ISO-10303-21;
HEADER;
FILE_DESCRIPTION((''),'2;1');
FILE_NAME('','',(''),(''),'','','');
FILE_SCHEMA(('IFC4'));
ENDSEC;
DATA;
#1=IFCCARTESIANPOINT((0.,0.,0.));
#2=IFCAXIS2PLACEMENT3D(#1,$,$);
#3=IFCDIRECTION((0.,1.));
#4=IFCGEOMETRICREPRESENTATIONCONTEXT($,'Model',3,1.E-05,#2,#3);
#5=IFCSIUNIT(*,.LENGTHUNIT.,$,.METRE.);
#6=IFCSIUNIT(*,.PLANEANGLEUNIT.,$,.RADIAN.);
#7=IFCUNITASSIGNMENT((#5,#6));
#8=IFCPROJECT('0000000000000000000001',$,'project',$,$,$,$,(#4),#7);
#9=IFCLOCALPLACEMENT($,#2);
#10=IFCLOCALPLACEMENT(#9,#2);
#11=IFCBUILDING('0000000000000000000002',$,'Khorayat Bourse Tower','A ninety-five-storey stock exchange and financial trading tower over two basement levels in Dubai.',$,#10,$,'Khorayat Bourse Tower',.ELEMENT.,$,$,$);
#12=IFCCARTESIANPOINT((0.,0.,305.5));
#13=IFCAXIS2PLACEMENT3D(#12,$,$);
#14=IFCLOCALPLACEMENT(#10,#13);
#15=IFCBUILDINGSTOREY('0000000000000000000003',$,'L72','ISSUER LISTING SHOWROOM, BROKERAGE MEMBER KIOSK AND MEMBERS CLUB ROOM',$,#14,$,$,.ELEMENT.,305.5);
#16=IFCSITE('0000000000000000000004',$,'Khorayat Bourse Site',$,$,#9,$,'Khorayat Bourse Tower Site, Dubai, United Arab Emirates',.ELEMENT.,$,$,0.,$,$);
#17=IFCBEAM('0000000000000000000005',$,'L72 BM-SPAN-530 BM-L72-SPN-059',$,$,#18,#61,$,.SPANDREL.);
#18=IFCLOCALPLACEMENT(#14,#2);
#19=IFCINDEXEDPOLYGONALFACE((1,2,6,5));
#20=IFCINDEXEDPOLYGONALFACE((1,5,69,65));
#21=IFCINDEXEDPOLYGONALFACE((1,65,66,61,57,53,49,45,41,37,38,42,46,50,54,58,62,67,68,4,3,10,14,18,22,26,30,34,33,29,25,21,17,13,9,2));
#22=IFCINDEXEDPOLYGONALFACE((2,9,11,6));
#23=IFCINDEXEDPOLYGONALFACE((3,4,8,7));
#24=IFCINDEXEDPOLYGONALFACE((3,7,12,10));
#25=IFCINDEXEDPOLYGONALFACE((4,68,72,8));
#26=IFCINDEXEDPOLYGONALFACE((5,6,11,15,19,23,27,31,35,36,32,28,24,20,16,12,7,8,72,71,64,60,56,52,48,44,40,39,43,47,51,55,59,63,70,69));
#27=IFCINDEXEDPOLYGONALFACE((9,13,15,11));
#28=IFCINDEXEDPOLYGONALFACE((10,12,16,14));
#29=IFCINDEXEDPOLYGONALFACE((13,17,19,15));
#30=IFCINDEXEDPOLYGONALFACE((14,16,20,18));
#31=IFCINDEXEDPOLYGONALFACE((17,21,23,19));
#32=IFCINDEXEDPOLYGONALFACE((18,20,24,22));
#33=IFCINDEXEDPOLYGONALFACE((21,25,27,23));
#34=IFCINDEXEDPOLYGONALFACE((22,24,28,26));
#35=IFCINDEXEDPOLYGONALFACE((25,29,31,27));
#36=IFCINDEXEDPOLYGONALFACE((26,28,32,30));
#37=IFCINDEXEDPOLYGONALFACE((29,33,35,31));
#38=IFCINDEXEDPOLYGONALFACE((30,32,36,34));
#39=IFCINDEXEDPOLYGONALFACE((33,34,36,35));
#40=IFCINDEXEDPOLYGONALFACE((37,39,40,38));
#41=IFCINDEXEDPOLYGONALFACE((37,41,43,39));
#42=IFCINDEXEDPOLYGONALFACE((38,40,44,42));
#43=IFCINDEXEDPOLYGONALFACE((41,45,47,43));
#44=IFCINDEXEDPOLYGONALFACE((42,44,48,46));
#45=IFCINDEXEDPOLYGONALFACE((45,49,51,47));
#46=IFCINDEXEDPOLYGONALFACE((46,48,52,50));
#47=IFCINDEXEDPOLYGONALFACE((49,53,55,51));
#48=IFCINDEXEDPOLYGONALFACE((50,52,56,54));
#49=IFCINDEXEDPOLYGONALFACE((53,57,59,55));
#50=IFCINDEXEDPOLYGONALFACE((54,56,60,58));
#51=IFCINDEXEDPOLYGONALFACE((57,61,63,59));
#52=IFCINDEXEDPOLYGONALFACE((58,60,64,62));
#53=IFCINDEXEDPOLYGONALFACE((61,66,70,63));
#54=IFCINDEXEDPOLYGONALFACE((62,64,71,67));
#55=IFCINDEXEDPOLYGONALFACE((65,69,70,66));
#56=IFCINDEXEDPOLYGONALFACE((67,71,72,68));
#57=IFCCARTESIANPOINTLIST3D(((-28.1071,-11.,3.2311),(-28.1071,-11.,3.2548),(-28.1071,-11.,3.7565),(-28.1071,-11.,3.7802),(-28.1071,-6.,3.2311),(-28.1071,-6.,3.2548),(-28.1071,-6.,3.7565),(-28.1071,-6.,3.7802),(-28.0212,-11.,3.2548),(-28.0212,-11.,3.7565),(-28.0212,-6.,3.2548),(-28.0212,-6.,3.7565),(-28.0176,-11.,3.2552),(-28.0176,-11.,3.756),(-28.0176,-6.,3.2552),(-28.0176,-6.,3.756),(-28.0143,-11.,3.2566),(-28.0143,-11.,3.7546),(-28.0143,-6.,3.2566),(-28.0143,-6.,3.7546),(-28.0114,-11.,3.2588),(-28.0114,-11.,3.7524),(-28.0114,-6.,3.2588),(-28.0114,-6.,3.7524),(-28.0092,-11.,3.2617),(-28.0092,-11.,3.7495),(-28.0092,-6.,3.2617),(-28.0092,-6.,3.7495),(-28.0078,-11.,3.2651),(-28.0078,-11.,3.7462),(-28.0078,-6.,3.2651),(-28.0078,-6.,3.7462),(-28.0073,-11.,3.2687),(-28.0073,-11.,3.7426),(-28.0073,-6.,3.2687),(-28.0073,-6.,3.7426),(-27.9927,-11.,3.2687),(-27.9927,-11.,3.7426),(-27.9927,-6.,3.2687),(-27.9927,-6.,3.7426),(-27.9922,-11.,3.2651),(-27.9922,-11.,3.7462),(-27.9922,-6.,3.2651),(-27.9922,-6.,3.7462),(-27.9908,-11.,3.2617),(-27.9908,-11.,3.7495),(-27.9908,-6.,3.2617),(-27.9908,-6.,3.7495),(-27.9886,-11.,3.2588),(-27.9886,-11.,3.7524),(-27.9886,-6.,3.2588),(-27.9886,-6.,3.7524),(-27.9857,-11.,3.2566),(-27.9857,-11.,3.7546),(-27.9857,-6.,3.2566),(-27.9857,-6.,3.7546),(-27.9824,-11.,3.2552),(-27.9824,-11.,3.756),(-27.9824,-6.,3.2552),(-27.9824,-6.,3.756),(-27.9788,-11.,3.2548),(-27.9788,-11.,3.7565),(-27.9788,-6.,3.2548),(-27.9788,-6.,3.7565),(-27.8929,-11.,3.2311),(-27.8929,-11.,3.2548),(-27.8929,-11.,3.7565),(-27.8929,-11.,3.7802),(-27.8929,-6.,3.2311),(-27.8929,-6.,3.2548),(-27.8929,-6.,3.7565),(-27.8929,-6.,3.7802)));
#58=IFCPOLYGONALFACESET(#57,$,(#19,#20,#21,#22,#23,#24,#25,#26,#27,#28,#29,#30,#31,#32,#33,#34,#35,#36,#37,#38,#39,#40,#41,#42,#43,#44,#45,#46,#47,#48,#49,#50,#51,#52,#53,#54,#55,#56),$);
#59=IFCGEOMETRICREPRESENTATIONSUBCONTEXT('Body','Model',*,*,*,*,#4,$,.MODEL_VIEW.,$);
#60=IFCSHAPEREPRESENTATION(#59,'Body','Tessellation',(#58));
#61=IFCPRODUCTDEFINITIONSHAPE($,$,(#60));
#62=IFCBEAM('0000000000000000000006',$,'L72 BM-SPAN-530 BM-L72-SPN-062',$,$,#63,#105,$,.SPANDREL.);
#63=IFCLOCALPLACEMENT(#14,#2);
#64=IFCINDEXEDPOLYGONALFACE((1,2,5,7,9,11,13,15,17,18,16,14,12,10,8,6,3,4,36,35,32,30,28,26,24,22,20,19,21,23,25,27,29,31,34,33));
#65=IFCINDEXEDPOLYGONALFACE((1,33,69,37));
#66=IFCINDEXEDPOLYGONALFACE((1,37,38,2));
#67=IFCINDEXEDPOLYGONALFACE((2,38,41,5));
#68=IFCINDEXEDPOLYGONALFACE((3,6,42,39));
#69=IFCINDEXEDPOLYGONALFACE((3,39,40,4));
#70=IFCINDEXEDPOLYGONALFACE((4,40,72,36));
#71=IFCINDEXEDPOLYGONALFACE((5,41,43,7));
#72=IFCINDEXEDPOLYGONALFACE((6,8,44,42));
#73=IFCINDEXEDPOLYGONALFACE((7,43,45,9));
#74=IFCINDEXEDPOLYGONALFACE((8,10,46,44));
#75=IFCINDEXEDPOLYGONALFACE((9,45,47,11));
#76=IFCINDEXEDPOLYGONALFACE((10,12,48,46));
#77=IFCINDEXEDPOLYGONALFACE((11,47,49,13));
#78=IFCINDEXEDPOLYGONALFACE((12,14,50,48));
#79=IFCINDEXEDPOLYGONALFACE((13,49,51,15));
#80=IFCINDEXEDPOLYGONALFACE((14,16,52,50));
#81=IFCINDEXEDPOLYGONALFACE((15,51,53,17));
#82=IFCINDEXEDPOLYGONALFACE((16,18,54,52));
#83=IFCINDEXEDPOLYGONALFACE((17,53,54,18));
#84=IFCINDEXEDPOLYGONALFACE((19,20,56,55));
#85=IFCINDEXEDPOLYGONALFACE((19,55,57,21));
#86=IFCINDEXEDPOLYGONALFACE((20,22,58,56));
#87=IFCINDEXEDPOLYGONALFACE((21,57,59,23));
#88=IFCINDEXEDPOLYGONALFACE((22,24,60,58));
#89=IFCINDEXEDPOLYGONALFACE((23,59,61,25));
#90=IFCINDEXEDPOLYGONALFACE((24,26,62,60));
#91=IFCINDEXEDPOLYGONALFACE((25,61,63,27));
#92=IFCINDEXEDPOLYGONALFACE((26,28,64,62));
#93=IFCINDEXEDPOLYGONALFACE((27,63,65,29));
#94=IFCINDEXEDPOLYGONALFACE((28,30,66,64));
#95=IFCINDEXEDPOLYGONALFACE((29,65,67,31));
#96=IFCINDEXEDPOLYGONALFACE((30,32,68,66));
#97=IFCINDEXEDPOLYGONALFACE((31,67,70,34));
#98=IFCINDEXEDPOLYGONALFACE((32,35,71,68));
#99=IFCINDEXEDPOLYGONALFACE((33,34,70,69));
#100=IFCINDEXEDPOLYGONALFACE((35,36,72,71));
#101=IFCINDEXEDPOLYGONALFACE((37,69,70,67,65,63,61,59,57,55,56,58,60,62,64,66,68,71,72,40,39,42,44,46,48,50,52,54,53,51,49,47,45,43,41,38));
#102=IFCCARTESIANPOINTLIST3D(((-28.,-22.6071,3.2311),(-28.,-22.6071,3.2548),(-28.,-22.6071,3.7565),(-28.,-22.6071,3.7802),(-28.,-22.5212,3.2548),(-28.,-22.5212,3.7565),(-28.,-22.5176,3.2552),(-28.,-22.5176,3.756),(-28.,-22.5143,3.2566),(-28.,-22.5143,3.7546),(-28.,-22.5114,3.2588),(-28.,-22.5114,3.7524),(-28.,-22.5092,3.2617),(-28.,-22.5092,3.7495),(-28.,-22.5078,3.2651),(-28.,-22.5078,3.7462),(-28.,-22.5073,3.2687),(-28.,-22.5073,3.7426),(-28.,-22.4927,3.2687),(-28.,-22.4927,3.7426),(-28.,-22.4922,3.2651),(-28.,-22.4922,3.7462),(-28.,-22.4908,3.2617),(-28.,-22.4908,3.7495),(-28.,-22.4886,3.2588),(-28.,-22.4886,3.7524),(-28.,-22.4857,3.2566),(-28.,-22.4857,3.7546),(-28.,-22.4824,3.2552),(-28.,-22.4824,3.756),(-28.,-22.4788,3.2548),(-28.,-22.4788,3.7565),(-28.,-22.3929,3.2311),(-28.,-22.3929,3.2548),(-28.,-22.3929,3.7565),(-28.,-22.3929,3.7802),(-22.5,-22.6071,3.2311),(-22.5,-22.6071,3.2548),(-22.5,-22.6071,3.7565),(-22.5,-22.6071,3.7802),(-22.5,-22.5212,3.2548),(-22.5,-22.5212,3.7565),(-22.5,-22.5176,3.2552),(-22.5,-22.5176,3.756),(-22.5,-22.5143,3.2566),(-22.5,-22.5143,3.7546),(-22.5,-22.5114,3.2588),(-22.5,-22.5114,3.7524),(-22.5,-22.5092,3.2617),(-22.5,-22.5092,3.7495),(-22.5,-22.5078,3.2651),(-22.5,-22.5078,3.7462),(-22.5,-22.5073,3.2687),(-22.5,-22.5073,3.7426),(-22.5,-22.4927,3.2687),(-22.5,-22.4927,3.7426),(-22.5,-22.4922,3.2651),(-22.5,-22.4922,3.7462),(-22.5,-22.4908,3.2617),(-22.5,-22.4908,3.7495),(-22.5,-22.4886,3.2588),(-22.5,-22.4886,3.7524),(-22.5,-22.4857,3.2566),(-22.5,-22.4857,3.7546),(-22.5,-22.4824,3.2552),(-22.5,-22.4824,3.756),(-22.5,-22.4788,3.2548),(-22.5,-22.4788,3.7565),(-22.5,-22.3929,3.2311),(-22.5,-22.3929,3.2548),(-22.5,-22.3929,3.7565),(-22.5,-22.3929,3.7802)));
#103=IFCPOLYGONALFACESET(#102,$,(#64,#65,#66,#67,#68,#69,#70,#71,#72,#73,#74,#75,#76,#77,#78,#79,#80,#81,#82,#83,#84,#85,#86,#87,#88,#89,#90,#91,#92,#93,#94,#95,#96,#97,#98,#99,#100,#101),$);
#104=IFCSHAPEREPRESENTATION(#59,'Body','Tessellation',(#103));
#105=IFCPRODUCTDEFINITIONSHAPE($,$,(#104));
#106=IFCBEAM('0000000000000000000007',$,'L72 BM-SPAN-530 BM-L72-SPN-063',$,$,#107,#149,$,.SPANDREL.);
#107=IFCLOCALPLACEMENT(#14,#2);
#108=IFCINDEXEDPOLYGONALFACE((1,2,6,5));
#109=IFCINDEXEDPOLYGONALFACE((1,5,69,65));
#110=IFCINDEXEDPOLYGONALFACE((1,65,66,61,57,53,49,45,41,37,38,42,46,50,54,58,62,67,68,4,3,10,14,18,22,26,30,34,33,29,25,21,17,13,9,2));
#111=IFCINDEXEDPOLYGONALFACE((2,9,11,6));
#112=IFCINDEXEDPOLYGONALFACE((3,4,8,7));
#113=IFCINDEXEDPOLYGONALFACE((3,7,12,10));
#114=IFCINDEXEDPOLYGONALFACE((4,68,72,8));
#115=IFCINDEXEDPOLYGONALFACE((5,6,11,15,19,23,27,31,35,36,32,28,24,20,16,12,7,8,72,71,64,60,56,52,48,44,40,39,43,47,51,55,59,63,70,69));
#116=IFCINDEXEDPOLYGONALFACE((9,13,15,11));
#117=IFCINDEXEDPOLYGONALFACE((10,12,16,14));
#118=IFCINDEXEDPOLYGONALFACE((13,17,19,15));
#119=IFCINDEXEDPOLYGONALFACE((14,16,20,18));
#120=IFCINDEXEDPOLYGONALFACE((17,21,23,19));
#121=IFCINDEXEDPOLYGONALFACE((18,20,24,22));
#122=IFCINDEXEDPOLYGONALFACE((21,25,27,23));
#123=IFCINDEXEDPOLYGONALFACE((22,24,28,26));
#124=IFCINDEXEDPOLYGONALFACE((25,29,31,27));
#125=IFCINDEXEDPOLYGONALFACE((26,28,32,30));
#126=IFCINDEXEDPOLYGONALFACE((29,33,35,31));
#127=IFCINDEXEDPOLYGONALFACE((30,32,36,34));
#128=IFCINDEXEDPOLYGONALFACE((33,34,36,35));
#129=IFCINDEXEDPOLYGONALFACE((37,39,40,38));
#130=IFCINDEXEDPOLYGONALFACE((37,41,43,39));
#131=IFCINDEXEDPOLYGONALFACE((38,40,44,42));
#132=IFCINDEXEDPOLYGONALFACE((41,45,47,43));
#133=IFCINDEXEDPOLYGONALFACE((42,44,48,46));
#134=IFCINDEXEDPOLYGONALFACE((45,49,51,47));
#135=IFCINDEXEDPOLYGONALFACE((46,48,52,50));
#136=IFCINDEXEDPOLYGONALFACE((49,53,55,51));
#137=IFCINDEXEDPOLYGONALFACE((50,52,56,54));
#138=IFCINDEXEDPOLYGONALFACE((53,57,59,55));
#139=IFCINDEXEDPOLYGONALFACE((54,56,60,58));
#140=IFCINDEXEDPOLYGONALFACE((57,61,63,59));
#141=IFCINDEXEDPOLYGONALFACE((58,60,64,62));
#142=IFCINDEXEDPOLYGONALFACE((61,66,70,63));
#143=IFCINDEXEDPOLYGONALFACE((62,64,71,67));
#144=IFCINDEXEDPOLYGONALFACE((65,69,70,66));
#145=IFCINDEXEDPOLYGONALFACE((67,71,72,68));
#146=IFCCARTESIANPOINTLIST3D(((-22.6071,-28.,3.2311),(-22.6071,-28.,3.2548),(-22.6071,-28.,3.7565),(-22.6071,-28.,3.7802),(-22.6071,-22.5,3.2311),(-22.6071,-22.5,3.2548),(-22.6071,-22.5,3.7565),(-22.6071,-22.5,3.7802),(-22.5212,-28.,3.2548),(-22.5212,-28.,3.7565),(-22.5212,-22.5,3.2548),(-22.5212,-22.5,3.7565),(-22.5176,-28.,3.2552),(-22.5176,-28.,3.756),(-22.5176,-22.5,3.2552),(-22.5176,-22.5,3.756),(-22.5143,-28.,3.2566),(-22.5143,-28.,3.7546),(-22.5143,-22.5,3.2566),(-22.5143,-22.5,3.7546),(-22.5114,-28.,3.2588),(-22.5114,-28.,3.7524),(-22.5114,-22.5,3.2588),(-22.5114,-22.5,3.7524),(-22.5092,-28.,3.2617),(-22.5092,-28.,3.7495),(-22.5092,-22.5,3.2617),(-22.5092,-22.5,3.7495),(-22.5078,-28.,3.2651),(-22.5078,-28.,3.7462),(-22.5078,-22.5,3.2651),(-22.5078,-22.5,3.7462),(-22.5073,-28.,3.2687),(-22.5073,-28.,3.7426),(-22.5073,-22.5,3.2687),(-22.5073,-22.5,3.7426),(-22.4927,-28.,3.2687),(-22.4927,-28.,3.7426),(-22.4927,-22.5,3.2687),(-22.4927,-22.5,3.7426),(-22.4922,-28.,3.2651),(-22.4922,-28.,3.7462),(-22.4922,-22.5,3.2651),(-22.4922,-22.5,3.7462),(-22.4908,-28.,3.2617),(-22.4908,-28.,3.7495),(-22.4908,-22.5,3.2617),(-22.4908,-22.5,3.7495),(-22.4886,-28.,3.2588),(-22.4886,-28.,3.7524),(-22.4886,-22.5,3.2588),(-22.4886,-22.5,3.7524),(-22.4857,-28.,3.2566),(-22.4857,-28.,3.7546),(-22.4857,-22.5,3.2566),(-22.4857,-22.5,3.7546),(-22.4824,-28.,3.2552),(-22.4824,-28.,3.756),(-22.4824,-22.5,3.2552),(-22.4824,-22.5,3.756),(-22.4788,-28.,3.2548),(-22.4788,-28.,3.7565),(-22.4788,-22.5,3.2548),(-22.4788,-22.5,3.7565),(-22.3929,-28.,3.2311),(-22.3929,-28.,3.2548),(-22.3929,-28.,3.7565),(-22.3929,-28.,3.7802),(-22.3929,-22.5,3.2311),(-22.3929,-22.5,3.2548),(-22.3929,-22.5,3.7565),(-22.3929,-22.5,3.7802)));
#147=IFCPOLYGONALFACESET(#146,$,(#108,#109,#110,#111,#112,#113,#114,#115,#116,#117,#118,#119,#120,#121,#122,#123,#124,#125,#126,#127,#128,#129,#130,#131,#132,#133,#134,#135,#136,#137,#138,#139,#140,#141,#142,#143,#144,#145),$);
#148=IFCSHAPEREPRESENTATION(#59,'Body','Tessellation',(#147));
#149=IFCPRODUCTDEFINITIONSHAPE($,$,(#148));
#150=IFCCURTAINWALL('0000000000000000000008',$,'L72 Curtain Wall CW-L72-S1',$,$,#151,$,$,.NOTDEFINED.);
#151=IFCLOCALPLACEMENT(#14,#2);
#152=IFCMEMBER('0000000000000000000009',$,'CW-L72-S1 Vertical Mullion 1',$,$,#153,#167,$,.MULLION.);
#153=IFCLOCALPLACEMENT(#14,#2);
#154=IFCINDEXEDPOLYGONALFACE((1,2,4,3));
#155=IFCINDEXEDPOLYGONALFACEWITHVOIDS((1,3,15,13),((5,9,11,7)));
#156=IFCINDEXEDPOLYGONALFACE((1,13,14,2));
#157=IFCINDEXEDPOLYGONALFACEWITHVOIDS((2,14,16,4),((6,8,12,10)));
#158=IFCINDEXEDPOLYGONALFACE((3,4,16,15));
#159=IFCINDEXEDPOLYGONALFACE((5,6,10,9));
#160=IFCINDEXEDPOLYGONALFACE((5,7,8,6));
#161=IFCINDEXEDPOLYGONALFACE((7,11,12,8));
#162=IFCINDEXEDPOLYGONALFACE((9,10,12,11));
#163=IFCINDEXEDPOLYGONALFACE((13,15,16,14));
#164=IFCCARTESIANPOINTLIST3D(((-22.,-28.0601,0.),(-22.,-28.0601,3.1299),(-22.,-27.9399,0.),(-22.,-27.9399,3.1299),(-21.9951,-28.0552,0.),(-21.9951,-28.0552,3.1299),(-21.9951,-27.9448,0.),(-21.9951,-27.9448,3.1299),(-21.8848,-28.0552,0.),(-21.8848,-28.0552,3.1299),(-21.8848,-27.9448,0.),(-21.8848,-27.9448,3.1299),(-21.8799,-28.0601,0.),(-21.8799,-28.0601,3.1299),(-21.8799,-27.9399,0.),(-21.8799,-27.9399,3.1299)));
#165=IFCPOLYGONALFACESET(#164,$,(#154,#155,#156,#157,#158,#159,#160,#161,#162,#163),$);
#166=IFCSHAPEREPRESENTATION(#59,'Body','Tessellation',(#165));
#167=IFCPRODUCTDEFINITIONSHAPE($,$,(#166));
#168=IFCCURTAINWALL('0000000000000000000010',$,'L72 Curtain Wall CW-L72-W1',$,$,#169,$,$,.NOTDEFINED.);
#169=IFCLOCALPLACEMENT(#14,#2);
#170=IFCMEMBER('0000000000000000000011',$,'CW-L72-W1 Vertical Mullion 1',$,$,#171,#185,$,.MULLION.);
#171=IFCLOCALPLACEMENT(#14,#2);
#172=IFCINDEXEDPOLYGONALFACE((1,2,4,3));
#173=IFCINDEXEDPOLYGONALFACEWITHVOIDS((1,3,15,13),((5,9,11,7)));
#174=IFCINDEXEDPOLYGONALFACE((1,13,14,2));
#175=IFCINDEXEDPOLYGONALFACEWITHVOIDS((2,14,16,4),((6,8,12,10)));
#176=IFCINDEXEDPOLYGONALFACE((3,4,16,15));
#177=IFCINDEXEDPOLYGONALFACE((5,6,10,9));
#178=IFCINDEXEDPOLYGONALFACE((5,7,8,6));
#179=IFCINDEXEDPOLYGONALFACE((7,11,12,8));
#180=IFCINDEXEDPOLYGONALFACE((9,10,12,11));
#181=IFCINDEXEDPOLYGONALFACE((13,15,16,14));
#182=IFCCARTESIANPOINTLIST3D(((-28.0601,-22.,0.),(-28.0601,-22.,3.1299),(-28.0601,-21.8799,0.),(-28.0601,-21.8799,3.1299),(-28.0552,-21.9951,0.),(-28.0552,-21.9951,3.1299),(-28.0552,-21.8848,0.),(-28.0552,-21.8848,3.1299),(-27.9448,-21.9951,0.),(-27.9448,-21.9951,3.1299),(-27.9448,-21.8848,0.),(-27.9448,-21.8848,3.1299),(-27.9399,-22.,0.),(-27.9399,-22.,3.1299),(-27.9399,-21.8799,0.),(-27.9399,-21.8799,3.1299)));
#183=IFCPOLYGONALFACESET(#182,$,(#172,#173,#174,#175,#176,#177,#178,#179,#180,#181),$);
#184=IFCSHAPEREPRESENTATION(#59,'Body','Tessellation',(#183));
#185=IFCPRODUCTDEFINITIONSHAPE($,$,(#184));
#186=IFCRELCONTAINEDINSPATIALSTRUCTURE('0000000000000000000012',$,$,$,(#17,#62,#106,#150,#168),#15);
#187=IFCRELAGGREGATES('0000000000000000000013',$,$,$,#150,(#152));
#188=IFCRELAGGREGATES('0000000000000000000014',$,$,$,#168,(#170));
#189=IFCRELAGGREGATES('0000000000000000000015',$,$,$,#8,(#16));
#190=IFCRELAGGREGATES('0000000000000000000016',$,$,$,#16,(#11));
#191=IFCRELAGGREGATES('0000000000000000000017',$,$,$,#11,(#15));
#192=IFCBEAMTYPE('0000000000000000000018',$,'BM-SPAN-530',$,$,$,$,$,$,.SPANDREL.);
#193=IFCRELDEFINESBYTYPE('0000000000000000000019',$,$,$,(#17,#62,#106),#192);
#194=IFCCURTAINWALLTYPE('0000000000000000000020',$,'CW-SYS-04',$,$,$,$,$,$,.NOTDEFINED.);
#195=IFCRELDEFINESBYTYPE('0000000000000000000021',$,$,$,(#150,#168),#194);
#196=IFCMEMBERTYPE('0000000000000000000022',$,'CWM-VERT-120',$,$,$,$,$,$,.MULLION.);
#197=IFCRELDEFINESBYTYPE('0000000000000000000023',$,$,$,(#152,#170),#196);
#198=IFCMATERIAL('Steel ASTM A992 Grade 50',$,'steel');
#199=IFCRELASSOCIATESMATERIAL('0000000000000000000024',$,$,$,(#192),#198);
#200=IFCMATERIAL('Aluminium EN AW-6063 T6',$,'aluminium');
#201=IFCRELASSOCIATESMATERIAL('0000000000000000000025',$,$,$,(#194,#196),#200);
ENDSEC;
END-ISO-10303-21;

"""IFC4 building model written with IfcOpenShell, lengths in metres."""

from ifc_helpers import new_model, si_unit, direction, frame, origin, origin_2d, place, context, subcontext, project, spatial, hollow_rectangle, i_section, extrude, source, transform, mapped, material, material_profile, profile_set, type_object, element, aggregate, save


model = new_model("IFC4")

# Units and contexts
model_context = context("Model", 3, precision=1e-05, world=origin(), true_north=direction((0.0, 1.0)))
body_context = subcontext(model_context, "Body", "Model", "MODEL_VIEW")
ifc_project = project(units=[si_unit("LENGTHUNIT", "METRE"), si_unit("PLANEANGLEUNIT", "RADIAN")], contexts=[model_context])

# Site, building, storey
site_placement = place(None, origin())
site = spatial("IfcSite", under=ifc_project, at=site_placement, Name="Khorayat Bourse Site", LongName="Khorayat Bourse Tower Site, Dubai, United Arab Emirates", CompositionType="ELEMENT", RefElevation=0.0)
building_placement = place(site_placement, origin())
building = spatial("IfcBuilding", under=site, at=building_placement, Name="Khorayat Bourse Tower", Description="A ninety-five-storey stock exchange and financial trading tower over two basement levels in Dubai.", LongName="Khorayat Bourse Tower", CompositionType="ELEMENT")
storey_placement = place(building_placement, frame((0.0, 0.0, 305.5)))
storey = spatial("IfcBuildingStorey", under=building, at=storey_placement, Name="L72", Description="ISSUER LISTING SHOWROOM, BROKERAGE MEMBER KIOSK AND MEMBERS CLUB ROOM", CompositionType="ELEMENT", Elevation=305.5)

# Beams
ifc_material_1 = material(Name="Steel ASTM A992 Grade 50", Category="steel")
ifc_material_profile_1 = material_profile(ifc_material_1, i_section(OverallWidth=0.2141, OverallDepth=0.5491, WebThickness=0.0146, FlangeThickness=0.0237, FilletRadius=0.0139, at=origin_2d()), Name="W530X138")
ifc_profile_set_1 = profile_set([ifc_material_profile_1], Name="Steel ASTM A992 Grade 50")
beam_type_1 = type_object("IfcBeamType", Name="BM-SPAN-530", PredefinedType="SPANDREL", material=ifc_profile_set_1)
shared_shape_1 = source(origin(), body_context, "Body", "SweptSolid", [
    extrude(i_section(OverallWidth=0.2141, OverallDepth=0.5491, WebThickness=0.0146, FlangeThickness=0.0237, FilletRadius=0.0139, at=origin_2d()), origin(), (0.0, 0.0, 1.0), 5.0),
])
beam_1_placement = place(storey_placement, frame((-28.0, -11.0, 3.5056), z_axis=(0.0, 1.0, 0.0), x_axis=(-1.0, 0.0, 0.0)))
element("IfcBeam", 1, at=beam_1_placement, inside=storey, type_object=beam_type_1, Name="L72 BM-SPAN-530 BM-L72-SPN-059", PredefinedType="SPANDREL", context=body_context, shape_type="MappedRepresentation", body=[
    mapped(shared_shape_1, transform((0.0, 0.0, 0.0), scale=1.0)),
])
shared_shape_2 = source(origin(), body_context, "Body", "SweptSolid", [
    extrude(i_section(OverallWidth=0.2141, OverallDepth=0.5491, WebThickness=0.0146, FlangeThickness=0.0237, FilletRadius=0.0139, at=origin_2d()), origin(), (0.0, 0.0, 1.0), 5.5),
])
for number, where, z_axis, x_axis, name in (
    (2, (-28.0, -22.5, 3.5056), (1.0, 0.0, 0.0), (0.0, 1.0, 0.0), "L72 BM-SPAN-530 BM-L72-SPN-062"),
    (3, (-22.5, -28.0, 3.5056), (0.0, 1.0, 0.0), (-1.0, 0.0, 0.0), "L72 BM-SPAN-530 BM-L72-SPN-063"),
):
    element("IfcBeam", number, at=place(storey_placement, frame(where, z_axis=z_axis, x_axis=x_axis)), inside=storey, type_object=beam_type_1, Name=name, PredefinedType="SPANDREL", context=body_context, shape_type="MappedRepresentation", body=[
        mapped(shared_shape_2, transform((0.0, 0.0, 0.0), scale=1.0)),
    ])

# Curtain wall, member
ifc_material_2 = material(Name="Aluminium EN AW-6063 T6", Category="aluminium")
curtain_wall_type = type_object("IfcCurtainWallType", Name="CW-SYS-04", PredefinedType="NOTDEFINED", material=ifc_material_2)
curtain_wall_1_placement = place(storey_placement, origin())
curtain_wall_1 = element("IfcCurtainWall", 4, at=curtain_wall_1_placement, inside=storey, type_object=curtain_wall_type, Name="L72 Curtain Wall CW-L72-S1", PredefinedType="NOTDEFINED")
ifc_material_profile_2 = material_profile(ifc_material_2, hollow_rectangle(XDim=0.1201, YDim=0.1201, WallThickness=0.0049, at=origin_2d()), Name="ALU 120x120x5")
ifc_profile_set_2 = profile_set([ifc_material_profile_2], Name="Aluminium EN AW-6063 T6")
member_type_1 = type_object("IfcMemberType", Name="CWM-VERT-120", PredefinedType="MULLION", material=ifc_profile_set_2)
shared_shape_3 = source(origin(), body_context, "Body", "SweptSolid", [
    extrude(hollow_rectangle(XDim=0.1201, YDim=0.1201, WallThickness=0.0049, at=origin_2d()), origin(), (0.0, 0.0, 1.0), 3.1299),
])
member_1_placement = place(storey_placement, frame((-21.9399, -28.0, 0.0), z_axis=(0.0, 0.0, 1.0), x_axis=(0.0, 1.0, 0.0)))
member_1 = element("IfcMember", 5, at=member_1_placement, type_object=member_type_1, Name="CW-L72-S1 Vertical Mullion 1", PredefinedType="MULLION", context=body_context, shape_type="MappedRepresentation", body=[
    mapped(shared_shape_3, transform((0.0, 0.0, 0.0), scale=1.0)),
])

# Curtain wall, member
curtain_wall_2_placement = place(storey_placement, origin())
curtain_wall_2 = element("IfcCurtainWall", 6, at=curtain_wall_2_placement, inside=storey, type_object=curtain_wall_type, Name="L72 Curtain Wall CW-L72-W1", PredefinedType="NOTDEFINED")
member_2_placement = place(storey_placement, frame((-28.0, -21.9399, 0.0), z_axis=(0.0, 0.0, 1.0), x_axis=(-1.0, 0.0, 0.0)))
member_2 = element("IfcMember", 7, at=member_2_placement, type_object=member_type_1, Name="CW-L72-W1 Vertical Mullion 1", PredefinedType="MULLION", context=body_context, shape_type="MappedRepresentation", body=[
    mapped(shared_shape_3, transform((0.0, 0.0, 0.0), scale=1.0)),
])

aggregate(curtain_wall_1, [member_1])
aggregate(curtain_wall_2, [member_2])

save(model, "model.ifc")
